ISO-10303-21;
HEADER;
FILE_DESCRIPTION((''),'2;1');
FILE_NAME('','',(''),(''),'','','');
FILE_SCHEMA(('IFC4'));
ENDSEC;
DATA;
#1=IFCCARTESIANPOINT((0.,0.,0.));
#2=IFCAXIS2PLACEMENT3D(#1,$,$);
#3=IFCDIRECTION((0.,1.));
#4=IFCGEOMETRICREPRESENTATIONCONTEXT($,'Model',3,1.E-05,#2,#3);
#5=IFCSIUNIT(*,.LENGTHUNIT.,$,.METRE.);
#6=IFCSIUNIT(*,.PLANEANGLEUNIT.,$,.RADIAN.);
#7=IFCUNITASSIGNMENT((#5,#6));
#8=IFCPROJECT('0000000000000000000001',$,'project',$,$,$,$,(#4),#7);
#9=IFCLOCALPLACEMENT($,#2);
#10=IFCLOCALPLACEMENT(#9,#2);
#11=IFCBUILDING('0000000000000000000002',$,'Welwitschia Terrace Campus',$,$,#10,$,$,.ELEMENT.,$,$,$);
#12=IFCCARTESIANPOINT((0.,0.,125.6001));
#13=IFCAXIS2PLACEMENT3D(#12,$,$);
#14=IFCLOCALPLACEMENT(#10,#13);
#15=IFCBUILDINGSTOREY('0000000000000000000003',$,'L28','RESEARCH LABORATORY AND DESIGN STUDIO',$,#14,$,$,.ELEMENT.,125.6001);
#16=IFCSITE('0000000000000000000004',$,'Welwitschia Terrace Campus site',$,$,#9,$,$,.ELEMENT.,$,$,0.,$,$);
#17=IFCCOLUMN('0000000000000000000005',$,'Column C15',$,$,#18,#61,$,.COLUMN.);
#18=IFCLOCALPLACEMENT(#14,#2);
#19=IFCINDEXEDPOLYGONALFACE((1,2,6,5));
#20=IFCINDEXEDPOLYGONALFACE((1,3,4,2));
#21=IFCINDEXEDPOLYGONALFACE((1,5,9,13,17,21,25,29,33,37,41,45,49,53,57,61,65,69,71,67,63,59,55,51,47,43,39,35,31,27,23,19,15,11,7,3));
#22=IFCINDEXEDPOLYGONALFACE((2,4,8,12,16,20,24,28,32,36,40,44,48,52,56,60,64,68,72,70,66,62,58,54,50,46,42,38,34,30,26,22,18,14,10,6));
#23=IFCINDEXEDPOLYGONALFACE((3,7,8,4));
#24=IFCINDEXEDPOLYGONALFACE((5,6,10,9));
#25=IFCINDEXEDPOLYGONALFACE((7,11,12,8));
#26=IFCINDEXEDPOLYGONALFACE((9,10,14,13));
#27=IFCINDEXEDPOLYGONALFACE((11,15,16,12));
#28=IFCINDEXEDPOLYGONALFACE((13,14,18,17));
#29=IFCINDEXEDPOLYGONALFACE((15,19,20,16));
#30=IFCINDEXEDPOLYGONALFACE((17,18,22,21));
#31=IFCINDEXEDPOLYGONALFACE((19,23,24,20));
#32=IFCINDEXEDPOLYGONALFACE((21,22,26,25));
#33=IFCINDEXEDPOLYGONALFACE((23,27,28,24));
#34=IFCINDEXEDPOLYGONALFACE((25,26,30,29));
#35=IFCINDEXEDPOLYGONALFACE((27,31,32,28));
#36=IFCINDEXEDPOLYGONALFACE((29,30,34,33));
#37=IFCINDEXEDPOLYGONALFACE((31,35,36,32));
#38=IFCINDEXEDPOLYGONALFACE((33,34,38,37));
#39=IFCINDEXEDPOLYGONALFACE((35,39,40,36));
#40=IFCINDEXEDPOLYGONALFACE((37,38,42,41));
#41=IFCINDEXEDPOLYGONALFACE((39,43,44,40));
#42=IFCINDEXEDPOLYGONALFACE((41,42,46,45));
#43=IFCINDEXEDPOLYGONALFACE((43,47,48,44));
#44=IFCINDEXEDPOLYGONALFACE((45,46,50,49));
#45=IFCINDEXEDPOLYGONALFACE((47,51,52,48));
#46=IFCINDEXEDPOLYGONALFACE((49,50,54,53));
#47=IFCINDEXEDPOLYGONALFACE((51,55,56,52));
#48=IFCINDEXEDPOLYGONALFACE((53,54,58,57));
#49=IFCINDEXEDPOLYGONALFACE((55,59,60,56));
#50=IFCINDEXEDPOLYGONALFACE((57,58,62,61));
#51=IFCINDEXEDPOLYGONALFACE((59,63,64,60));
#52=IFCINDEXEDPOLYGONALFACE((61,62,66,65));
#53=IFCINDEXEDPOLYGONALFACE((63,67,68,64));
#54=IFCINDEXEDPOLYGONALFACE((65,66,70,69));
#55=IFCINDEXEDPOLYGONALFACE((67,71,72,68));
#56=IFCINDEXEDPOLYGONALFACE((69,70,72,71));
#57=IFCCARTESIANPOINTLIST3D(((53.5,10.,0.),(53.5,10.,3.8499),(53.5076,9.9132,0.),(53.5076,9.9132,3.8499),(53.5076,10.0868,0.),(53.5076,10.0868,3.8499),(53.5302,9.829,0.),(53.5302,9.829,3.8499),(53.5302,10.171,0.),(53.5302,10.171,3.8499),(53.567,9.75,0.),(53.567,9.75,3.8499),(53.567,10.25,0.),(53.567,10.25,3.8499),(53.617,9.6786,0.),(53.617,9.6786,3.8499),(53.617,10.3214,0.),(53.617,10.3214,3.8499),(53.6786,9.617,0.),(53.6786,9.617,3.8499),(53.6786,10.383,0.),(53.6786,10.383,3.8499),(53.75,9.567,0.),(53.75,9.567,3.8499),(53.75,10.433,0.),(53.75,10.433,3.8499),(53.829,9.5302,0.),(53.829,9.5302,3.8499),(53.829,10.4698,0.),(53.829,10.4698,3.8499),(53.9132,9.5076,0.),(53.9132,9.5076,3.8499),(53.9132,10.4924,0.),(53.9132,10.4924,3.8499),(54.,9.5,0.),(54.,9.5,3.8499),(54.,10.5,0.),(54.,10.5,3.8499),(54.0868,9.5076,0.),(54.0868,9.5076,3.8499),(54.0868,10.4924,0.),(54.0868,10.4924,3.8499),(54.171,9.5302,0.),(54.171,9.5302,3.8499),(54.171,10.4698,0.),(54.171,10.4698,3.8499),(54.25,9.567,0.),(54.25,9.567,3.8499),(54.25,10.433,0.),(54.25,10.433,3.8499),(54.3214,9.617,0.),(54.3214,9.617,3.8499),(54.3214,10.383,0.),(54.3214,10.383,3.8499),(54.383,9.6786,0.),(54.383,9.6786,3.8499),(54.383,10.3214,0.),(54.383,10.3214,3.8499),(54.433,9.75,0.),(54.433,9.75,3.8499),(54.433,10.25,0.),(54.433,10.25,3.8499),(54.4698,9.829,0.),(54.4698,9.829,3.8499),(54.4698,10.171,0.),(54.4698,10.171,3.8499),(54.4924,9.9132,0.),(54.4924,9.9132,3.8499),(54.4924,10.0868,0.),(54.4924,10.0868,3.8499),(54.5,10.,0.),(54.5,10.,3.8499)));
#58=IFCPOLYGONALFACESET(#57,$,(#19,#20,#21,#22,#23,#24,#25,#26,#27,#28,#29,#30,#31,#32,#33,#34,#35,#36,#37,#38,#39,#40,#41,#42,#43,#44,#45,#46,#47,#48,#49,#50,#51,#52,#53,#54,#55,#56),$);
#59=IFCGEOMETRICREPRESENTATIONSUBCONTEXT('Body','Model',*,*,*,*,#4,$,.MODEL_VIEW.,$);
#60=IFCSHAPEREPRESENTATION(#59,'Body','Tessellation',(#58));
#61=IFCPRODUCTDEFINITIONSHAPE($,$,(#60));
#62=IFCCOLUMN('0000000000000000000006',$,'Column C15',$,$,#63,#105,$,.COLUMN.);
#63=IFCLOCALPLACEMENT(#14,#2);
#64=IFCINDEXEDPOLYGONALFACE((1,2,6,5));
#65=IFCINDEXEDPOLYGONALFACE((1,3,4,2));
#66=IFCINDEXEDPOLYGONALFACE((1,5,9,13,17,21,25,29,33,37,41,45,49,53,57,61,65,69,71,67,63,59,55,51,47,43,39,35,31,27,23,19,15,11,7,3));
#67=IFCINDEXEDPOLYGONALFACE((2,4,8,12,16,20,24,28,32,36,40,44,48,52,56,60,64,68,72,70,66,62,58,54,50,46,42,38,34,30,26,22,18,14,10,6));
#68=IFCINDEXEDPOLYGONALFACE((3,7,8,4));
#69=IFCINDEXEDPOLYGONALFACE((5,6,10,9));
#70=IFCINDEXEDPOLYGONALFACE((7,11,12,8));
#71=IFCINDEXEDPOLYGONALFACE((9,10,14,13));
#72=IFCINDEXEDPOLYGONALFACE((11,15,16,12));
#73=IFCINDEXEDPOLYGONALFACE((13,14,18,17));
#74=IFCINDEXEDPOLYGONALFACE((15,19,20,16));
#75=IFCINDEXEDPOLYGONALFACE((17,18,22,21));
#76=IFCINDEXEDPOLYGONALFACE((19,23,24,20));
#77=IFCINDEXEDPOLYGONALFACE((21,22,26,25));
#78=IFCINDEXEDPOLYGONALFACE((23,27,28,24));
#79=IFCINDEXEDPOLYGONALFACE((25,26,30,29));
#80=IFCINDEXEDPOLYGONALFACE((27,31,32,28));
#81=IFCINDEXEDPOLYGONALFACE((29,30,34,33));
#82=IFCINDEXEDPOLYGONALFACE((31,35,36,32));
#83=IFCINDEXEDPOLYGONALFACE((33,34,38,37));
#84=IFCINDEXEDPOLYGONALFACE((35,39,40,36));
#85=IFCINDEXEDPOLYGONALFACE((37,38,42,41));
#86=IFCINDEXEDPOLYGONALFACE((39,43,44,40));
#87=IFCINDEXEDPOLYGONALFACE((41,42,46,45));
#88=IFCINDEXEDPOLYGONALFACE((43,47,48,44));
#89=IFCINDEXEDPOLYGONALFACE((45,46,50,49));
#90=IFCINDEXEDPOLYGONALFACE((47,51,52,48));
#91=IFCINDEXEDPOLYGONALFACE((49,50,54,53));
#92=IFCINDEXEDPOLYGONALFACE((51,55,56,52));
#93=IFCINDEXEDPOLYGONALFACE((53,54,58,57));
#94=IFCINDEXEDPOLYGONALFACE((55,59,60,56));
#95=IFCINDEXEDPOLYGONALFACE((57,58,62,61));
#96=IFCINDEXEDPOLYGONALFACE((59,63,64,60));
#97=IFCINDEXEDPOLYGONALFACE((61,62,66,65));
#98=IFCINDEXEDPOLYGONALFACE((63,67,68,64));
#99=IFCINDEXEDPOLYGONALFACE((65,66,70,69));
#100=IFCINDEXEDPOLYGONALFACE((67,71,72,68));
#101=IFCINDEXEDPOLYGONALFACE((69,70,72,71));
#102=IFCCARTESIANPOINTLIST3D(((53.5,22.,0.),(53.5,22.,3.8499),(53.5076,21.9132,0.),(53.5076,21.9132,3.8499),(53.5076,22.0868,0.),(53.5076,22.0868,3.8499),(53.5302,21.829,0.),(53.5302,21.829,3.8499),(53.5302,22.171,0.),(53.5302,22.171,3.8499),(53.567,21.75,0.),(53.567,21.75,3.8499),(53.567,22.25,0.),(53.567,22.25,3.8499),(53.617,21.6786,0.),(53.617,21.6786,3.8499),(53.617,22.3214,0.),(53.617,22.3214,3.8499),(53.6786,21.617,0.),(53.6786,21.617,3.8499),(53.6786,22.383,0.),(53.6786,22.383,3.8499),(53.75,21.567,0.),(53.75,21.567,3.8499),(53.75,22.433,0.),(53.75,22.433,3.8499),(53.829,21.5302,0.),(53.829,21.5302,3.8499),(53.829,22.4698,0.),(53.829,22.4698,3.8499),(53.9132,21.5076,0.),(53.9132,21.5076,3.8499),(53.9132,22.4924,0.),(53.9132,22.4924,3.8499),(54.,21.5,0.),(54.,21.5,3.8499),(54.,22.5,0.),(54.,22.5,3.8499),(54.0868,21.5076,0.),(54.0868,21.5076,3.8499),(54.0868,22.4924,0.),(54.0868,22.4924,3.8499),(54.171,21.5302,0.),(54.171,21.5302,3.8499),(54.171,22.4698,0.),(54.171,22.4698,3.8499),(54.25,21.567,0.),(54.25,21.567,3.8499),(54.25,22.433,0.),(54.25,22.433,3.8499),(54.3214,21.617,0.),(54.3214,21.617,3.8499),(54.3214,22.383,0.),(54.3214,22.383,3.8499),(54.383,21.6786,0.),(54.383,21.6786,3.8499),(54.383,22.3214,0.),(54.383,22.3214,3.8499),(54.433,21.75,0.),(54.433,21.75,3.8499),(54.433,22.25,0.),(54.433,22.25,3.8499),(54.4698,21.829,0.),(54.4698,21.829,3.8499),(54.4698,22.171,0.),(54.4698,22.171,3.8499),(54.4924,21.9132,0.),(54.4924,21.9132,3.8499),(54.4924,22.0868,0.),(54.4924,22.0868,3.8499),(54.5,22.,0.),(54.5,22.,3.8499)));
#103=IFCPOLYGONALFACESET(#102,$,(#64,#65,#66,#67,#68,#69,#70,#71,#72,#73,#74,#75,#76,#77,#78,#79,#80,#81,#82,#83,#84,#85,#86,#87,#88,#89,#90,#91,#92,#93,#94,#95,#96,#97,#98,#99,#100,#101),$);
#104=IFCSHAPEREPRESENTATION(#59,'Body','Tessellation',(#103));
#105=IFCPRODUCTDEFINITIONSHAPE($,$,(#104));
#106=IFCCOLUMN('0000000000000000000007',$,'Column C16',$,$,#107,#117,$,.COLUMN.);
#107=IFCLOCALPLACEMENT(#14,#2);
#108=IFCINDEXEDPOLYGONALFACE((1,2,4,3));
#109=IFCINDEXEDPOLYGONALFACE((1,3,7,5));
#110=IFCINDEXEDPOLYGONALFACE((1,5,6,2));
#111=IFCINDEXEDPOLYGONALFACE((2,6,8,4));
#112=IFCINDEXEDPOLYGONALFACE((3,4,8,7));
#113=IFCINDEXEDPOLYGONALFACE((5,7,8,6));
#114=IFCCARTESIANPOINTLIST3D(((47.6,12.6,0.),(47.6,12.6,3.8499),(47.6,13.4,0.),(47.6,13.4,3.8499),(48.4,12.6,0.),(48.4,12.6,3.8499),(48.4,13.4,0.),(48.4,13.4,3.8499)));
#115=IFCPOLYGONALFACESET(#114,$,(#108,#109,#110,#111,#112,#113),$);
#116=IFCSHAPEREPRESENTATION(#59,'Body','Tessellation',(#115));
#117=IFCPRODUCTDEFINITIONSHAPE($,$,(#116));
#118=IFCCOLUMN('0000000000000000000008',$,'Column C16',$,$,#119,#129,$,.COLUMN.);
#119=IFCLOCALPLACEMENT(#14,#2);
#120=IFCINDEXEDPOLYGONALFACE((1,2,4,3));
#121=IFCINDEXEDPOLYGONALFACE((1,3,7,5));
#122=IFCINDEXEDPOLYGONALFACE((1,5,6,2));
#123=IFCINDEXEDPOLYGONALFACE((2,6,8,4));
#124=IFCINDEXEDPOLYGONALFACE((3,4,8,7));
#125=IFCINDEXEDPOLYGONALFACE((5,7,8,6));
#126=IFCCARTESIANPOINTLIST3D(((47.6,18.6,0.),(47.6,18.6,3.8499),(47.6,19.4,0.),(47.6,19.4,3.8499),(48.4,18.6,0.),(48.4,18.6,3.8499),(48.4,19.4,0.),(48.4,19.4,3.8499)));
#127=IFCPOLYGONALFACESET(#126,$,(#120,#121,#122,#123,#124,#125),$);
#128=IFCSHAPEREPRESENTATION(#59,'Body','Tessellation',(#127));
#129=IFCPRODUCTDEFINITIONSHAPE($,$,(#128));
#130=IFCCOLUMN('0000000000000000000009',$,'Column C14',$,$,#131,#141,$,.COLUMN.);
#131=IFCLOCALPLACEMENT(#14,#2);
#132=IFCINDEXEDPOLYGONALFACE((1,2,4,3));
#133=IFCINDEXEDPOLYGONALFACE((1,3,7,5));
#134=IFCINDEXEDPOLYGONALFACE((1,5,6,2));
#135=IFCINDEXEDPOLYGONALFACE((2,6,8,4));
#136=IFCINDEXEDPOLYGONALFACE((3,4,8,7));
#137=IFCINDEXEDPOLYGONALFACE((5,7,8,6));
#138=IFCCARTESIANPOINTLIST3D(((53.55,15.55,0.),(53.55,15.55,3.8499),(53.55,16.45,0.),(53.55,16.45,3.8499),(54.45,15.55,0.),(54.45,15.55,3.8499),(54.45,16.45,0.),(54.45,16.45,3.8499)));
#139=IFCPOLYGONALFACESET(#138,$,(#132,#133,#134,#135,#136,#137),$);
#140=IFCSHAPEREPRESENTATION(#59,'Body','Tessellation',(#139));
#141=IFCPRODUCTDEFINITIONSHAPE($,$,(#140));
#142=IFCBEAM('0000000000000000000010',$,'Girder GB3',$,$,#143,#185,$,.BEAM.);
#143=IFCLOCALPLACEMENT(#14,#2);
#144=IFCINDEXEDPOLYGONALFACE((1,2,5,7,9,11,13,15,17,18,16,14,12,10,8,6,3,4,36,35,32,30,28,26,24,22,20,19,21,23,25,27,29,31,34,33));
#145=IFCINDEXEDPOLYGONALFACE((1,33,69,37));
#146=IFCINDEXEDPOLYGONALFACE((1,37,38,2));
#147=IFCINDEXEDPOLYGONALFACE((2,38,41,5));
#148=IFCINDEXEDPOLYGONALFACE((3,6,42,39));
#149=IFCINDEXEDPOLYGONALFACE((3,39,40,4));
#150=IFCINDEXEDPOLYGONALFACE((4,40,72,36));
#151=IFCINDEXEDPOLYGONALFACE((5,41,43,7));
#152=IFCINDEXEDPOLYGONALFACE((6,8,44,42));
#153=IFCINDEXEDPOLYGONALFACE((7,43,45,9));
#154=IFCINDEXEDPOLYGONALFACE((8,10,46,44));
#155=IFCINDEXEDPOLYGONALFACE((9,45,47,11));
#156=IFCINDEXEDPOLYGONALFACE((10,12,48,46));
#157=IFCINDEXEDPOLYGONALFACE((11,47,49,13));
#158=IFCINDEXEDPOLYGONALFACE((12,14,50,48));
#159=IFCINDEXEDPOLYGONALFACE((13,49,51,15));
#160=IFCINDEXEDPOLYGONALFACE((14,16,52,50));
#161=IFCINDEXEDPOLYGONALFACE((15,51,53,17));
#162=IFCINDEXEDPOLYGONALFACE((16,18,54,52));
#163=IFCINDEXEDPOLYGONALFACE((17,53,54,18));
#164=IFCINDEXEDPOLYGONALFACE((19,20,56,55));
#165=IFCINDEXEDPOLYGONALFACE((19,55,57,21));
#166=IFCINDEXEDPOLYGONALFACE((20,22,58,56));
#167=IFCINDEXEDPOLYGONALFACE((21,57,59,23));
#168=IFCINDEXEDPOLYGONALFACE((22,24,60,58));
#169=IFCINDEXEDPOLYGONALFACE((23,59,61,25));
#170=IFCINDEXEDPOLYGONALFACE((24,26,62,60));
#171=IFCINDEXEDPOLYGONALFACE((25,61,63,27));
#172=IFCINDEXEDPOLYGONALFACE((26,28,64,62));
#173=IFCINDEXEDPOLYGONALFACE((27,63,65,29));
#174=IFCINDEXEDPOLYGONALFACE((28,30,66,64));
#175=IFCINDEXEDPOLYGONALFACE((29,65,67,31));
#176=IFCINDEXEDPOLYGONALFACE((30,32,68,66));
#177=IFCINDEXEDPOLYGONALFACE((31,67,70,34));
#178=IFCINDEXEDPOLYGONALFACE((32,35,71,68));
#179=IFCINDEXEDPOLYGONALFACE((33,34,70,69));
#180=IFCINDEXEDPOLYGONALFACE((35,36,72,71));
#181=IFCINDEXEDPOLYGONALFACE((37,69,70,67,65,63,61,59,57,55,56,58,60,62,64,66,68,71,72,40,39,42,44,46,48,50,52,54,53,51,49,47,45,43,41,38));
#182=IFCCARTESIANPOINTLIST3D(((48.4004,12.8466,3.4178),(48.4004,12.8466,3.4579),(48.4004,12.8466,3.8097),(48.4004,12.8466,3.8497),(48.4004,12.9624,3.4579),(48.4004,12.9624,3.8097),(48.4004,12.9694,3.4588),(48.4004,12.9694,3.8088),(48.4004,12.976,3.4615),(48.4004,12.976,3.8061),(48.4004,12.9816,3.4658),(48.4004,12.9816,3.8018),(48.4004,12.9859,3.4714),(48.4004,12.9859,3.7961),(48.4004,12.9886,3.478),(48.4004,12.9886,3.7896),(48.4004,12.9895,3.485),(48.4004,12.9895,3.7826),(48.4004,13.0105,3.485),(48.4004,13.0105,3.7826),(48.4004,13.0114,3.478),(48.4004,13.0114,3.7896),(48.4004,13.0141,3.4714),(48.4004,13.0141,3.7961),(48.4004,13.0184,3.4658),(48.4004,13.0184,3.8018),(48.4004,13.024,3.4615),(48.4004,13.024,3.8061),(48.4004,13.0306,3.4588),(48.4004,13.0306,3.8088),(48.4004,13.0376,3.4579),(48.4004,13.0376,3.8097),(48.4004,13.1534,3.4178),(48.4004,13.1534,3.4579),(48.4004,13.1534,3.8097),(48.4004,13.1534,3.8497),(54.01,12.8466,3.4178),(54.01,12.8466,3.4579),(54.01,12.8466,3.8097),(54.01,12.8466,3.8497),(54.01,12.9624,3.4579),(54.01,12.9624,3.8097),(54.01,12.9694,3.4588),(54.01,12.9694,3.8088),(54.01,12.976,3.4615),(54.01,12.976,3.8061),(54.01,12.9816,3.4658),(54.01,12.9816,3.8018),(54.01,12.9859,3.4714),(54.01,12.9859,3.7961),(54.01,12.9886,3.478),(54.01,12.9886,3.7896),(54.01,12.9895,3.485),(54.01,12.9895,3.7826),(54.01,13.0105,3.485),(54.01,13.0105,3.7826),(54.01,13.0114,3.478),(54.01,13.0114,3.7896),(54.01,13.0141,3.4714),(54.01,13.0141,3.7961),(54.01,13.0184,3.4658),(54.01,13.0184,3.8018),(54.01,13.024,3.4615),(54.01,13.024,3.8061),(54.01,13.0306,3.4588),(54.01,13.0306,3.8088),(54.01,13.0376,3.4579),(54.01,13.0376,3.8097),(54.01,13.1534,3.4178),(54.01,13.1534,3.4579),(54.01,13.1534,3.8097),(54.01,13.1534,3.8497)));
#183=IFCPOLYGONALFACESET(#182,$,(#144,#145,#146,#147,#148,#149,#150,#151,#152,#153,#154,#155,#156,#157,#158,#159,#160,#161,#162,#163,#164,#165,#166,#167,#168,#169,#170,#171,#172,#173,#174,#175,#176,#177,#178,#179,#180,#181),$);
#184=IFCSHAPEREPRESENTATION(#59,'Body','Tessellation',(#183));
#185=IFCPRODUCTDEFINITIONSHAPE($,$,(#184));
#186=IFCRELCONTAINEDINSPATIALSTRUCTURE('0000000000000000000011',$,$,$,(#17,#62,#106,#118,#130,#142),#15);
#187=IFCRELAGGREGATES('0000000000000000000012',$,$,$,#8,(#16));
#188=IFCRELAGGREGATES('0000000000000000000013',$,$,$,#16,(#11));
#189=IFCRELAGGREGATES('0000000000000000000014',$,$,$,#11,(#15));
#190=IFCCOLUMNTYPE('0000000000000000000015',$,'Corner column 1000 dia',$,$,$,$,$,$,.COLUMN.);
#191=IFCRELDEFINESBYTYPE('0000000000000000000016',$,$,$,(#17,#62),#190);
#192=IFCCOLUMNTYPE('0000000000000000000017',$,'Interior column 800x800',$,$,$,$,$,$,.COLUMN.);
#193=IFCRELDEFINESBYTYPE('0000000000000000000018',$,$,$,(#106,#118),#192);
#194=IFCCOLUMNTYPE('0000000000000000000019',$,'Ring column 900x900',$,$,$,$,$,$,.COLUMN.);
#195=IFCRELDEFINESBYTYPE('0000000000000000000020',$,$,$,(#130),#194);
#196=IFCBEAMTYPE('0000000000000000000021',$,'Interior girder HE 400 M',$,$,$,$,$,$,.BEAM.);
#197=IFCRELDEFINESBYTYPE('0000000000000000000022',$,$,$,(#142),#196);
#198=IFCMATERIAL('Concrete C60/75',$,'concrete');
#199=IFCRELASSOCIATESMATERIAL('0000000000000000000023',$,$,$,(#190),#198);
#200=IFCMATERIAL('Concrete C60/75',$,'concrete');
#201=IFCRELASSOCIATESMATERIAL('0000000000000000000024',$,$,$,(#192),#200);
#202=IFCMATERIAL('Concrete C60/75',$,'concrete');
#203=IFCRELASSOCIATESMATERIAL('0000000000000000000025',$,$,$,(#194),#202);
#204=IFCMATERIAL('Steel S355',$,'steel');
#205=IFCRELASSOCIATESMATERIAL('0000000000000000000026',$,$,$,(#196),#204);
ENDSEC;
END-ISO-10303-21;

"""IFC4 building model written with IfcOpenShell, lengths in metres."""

from ifc_helpers import new_model, si_unit, direction, frame, origin, origin_2d, place, context, subcontext, project, spatial, rectangle, circle, i_section, extrude, material, material_profile, profile_set, type_object, element, save


model = new_model("IFC4")

# Units and contexts
model_context = context("Model", 3, precision=1e-05, world=origin(), true_north=direction((0.0, 1.0)))
body_context = subcontext(model_context, "Body", "Model", "MODEL_VIEW")
ifc_project = project(units=[si_unit("LENGTHUNIT", "METRE"), si_unit("PLANEANGLEUNIT", "RADIAN")], contexts=[model_context])

# Site, building, storey
site_placement = place(None, origin())
site = spatial("IfcSite", under=ifc_project, at=site_placement, Name="Welwitschia Terrace Campus site", CompositionType="ELEMENT", RefElevation=0.0)
building_placement = place(site_placement, origin())
building = spatial("IfcBuilding", under=site, at=building_placement, Name="Welwitschia Terrace Campus", CompositionType="ELEMENT")
storey_placement = place(building_placement, frame((0.0, 0.0, 125.6001)))
storey = spatial("IfcBuildingStorey", under=building, at=storey_placement, Name="L28", Description="RESEARCH LABORATORY AND DESIGN STUDIO", CompositionType="ELEMENT", Elevation=125.6001)

# Columns
ifc_material_1 = material(Name="Concrete C60/75", Category="concrete")
ifc_material_profile_1 = material_profile(ifc_material_1, circle(Radius=0.5, at=origin_2d()))
ifc_profile_set_1 = profile_set([ifc_material_profile_1], Name="Concrete C60/75")
column_type_1 = type_object("IfcColumnType", Name="Corner column 1000 dia", PredefinedType="COLUMN", material=ifc_profile_set_1)
for number, where, z_axis, x_axis, name in (
    (1, (54.0, 10.0, 0.0), (0.0, 0.0, 1.0), (1.0, 0.0, 0.0), "Column C15"),
    (2, (54.0, 22.0, 0.0), (0.0, 0.0, 1.0), (1.0, 0.0, 0.0), "Column C15"),
):
    element("IfcColumn", number, at=place(storey_placement, frame(where, z_axis=z_axis, x_axis=x_axis)), inside=storey, type_object=column_type_1, Name=name, PredefinedType="COLUMN", context=body_context, shape_type="SweptSolid", body=[
        extrude(circle(Radius=0.5, at=origin_2d()), origin(), (0.0, 0.0, 1.0), 3.8499),
    ])
ifc_material_2 = material(Name="Concrete C60/75", Category="concrete")
ifc_material_profile_2 = material_profile(ifc_material_2, rectangle(XDim=0.8, YDim=0.8, at=origin_2d()))
ifc_profile_set_2 = profile_set([ifc_material_profile_2], Name="Concrete C60/75")
column_type_2 = type_object("IfcColumnType", Name="Interior column 800x800", PredefinedType="COLUMN", material=ifc_profile_set_2)
for number, where, z_axis, x_axis, name in (
    (3, (48.0, 13.0, 0.0), (0.0, 0.0, 1.0), (1.0, 0.0, 0.0), "Column C16"),
    (4, (48.0, 19.0, 0.0), (0.0, 0.0, 1.0), (1.0, 0.0, 0.0), "Column C16"),
):
    element("IfcColumn", number, at=place(storey_placement, frame(where, z_axis=z_axis, x_axis=x_axis)), inside=storey, type_object=column_type_2, Name=name, PredefinedType="COLUMN", context=body_context, shape_type="SweptSolid", body=[
        extrude(rectangle(XDim=0.8, YDim=0.8, at=origin_2d()), origin(), (0.0, 0.0, 1.0), 3.8499),
    ])
ifc_material_3 = material(Name="Concrete C60/75", Category="concrete")
ifc_material_profile_3 = material_profile(ifc_material_3, rectangle(XDim=0.8999, YDim=0.8999, at=origin_2d()))
ifc_profile_set_3 = profile_set([ifc_material_profile_3], Name="Concrete C60/75")
column_type_3 = type_object("IfcColumnType", Name="Ring column 900x900", PredefinedType="COLUMN", material=ifc_profile_set_3)
column_placement = place(storey_placement, frame((54.0, 16.0, 0.0), z_axis=(0.0, 0.0, 1.0), x_axis=(1.0, 0.0, 0.0)))
element("IfcColumn", 5, at=column_placement, inside=storey, type_object=column_type_3, Name="Column C14", PredefinedType="COLUMN", context=body_context, shape_type="SweptSolid", body=[
    extrude(rectangle(XDim=0.8999, YDim=0.8999, at=origin_2d()), origin(), (0.0, 0.0, 1.0), 3.8499),
])

# Beam
ifc_material_4 = material(Name="Steel S355", Category="steel")
ifc_material_profile_4 = material_profile(ifc_material_4, i_section(OverallWidth=0.3069, OverallDepth=0.4319, WebThickness=0.021, FlangeThickness=0.04, FilletRadius=0.0271, at=origin_2d()))
ifc_profile_set_4 = profile_set([ifc_material_profile_4], Name="Steel S355")
beam_type_1 = type_object("IfcBeamType", Name="Interior girder HE 400 M", PredefinedType="BEAM", material=ifc_profile_set_4)
for number, where, z_axis, x_axis, name in (
    (6, (48.4004, 13.0, 3.6338), (1.0, 0.0, 0.0), (0.0, 1.0, 0.0), "Girder GB3"),
):
    element("IfcBeam", number, at=place(storey_placement, frame(where, z_axis=z_axis, x_axis=x_axis)), inside=storey, type_object=beam_type_1, Name=name, PredefinedType="BEAM", context=body_context, shape_type="SweptSolid", body=[
        extrude(i_section(OverallWidth=0.3069, OverallDepth=0.4319, WebThickness=0.021, FlangeThickness=0.04, FilletRadius=0.0271, at=origin_2d()), origin(), (0.0, 0.0, 1.0), 5.6096),
    ])

save(model, "model.ifc")
